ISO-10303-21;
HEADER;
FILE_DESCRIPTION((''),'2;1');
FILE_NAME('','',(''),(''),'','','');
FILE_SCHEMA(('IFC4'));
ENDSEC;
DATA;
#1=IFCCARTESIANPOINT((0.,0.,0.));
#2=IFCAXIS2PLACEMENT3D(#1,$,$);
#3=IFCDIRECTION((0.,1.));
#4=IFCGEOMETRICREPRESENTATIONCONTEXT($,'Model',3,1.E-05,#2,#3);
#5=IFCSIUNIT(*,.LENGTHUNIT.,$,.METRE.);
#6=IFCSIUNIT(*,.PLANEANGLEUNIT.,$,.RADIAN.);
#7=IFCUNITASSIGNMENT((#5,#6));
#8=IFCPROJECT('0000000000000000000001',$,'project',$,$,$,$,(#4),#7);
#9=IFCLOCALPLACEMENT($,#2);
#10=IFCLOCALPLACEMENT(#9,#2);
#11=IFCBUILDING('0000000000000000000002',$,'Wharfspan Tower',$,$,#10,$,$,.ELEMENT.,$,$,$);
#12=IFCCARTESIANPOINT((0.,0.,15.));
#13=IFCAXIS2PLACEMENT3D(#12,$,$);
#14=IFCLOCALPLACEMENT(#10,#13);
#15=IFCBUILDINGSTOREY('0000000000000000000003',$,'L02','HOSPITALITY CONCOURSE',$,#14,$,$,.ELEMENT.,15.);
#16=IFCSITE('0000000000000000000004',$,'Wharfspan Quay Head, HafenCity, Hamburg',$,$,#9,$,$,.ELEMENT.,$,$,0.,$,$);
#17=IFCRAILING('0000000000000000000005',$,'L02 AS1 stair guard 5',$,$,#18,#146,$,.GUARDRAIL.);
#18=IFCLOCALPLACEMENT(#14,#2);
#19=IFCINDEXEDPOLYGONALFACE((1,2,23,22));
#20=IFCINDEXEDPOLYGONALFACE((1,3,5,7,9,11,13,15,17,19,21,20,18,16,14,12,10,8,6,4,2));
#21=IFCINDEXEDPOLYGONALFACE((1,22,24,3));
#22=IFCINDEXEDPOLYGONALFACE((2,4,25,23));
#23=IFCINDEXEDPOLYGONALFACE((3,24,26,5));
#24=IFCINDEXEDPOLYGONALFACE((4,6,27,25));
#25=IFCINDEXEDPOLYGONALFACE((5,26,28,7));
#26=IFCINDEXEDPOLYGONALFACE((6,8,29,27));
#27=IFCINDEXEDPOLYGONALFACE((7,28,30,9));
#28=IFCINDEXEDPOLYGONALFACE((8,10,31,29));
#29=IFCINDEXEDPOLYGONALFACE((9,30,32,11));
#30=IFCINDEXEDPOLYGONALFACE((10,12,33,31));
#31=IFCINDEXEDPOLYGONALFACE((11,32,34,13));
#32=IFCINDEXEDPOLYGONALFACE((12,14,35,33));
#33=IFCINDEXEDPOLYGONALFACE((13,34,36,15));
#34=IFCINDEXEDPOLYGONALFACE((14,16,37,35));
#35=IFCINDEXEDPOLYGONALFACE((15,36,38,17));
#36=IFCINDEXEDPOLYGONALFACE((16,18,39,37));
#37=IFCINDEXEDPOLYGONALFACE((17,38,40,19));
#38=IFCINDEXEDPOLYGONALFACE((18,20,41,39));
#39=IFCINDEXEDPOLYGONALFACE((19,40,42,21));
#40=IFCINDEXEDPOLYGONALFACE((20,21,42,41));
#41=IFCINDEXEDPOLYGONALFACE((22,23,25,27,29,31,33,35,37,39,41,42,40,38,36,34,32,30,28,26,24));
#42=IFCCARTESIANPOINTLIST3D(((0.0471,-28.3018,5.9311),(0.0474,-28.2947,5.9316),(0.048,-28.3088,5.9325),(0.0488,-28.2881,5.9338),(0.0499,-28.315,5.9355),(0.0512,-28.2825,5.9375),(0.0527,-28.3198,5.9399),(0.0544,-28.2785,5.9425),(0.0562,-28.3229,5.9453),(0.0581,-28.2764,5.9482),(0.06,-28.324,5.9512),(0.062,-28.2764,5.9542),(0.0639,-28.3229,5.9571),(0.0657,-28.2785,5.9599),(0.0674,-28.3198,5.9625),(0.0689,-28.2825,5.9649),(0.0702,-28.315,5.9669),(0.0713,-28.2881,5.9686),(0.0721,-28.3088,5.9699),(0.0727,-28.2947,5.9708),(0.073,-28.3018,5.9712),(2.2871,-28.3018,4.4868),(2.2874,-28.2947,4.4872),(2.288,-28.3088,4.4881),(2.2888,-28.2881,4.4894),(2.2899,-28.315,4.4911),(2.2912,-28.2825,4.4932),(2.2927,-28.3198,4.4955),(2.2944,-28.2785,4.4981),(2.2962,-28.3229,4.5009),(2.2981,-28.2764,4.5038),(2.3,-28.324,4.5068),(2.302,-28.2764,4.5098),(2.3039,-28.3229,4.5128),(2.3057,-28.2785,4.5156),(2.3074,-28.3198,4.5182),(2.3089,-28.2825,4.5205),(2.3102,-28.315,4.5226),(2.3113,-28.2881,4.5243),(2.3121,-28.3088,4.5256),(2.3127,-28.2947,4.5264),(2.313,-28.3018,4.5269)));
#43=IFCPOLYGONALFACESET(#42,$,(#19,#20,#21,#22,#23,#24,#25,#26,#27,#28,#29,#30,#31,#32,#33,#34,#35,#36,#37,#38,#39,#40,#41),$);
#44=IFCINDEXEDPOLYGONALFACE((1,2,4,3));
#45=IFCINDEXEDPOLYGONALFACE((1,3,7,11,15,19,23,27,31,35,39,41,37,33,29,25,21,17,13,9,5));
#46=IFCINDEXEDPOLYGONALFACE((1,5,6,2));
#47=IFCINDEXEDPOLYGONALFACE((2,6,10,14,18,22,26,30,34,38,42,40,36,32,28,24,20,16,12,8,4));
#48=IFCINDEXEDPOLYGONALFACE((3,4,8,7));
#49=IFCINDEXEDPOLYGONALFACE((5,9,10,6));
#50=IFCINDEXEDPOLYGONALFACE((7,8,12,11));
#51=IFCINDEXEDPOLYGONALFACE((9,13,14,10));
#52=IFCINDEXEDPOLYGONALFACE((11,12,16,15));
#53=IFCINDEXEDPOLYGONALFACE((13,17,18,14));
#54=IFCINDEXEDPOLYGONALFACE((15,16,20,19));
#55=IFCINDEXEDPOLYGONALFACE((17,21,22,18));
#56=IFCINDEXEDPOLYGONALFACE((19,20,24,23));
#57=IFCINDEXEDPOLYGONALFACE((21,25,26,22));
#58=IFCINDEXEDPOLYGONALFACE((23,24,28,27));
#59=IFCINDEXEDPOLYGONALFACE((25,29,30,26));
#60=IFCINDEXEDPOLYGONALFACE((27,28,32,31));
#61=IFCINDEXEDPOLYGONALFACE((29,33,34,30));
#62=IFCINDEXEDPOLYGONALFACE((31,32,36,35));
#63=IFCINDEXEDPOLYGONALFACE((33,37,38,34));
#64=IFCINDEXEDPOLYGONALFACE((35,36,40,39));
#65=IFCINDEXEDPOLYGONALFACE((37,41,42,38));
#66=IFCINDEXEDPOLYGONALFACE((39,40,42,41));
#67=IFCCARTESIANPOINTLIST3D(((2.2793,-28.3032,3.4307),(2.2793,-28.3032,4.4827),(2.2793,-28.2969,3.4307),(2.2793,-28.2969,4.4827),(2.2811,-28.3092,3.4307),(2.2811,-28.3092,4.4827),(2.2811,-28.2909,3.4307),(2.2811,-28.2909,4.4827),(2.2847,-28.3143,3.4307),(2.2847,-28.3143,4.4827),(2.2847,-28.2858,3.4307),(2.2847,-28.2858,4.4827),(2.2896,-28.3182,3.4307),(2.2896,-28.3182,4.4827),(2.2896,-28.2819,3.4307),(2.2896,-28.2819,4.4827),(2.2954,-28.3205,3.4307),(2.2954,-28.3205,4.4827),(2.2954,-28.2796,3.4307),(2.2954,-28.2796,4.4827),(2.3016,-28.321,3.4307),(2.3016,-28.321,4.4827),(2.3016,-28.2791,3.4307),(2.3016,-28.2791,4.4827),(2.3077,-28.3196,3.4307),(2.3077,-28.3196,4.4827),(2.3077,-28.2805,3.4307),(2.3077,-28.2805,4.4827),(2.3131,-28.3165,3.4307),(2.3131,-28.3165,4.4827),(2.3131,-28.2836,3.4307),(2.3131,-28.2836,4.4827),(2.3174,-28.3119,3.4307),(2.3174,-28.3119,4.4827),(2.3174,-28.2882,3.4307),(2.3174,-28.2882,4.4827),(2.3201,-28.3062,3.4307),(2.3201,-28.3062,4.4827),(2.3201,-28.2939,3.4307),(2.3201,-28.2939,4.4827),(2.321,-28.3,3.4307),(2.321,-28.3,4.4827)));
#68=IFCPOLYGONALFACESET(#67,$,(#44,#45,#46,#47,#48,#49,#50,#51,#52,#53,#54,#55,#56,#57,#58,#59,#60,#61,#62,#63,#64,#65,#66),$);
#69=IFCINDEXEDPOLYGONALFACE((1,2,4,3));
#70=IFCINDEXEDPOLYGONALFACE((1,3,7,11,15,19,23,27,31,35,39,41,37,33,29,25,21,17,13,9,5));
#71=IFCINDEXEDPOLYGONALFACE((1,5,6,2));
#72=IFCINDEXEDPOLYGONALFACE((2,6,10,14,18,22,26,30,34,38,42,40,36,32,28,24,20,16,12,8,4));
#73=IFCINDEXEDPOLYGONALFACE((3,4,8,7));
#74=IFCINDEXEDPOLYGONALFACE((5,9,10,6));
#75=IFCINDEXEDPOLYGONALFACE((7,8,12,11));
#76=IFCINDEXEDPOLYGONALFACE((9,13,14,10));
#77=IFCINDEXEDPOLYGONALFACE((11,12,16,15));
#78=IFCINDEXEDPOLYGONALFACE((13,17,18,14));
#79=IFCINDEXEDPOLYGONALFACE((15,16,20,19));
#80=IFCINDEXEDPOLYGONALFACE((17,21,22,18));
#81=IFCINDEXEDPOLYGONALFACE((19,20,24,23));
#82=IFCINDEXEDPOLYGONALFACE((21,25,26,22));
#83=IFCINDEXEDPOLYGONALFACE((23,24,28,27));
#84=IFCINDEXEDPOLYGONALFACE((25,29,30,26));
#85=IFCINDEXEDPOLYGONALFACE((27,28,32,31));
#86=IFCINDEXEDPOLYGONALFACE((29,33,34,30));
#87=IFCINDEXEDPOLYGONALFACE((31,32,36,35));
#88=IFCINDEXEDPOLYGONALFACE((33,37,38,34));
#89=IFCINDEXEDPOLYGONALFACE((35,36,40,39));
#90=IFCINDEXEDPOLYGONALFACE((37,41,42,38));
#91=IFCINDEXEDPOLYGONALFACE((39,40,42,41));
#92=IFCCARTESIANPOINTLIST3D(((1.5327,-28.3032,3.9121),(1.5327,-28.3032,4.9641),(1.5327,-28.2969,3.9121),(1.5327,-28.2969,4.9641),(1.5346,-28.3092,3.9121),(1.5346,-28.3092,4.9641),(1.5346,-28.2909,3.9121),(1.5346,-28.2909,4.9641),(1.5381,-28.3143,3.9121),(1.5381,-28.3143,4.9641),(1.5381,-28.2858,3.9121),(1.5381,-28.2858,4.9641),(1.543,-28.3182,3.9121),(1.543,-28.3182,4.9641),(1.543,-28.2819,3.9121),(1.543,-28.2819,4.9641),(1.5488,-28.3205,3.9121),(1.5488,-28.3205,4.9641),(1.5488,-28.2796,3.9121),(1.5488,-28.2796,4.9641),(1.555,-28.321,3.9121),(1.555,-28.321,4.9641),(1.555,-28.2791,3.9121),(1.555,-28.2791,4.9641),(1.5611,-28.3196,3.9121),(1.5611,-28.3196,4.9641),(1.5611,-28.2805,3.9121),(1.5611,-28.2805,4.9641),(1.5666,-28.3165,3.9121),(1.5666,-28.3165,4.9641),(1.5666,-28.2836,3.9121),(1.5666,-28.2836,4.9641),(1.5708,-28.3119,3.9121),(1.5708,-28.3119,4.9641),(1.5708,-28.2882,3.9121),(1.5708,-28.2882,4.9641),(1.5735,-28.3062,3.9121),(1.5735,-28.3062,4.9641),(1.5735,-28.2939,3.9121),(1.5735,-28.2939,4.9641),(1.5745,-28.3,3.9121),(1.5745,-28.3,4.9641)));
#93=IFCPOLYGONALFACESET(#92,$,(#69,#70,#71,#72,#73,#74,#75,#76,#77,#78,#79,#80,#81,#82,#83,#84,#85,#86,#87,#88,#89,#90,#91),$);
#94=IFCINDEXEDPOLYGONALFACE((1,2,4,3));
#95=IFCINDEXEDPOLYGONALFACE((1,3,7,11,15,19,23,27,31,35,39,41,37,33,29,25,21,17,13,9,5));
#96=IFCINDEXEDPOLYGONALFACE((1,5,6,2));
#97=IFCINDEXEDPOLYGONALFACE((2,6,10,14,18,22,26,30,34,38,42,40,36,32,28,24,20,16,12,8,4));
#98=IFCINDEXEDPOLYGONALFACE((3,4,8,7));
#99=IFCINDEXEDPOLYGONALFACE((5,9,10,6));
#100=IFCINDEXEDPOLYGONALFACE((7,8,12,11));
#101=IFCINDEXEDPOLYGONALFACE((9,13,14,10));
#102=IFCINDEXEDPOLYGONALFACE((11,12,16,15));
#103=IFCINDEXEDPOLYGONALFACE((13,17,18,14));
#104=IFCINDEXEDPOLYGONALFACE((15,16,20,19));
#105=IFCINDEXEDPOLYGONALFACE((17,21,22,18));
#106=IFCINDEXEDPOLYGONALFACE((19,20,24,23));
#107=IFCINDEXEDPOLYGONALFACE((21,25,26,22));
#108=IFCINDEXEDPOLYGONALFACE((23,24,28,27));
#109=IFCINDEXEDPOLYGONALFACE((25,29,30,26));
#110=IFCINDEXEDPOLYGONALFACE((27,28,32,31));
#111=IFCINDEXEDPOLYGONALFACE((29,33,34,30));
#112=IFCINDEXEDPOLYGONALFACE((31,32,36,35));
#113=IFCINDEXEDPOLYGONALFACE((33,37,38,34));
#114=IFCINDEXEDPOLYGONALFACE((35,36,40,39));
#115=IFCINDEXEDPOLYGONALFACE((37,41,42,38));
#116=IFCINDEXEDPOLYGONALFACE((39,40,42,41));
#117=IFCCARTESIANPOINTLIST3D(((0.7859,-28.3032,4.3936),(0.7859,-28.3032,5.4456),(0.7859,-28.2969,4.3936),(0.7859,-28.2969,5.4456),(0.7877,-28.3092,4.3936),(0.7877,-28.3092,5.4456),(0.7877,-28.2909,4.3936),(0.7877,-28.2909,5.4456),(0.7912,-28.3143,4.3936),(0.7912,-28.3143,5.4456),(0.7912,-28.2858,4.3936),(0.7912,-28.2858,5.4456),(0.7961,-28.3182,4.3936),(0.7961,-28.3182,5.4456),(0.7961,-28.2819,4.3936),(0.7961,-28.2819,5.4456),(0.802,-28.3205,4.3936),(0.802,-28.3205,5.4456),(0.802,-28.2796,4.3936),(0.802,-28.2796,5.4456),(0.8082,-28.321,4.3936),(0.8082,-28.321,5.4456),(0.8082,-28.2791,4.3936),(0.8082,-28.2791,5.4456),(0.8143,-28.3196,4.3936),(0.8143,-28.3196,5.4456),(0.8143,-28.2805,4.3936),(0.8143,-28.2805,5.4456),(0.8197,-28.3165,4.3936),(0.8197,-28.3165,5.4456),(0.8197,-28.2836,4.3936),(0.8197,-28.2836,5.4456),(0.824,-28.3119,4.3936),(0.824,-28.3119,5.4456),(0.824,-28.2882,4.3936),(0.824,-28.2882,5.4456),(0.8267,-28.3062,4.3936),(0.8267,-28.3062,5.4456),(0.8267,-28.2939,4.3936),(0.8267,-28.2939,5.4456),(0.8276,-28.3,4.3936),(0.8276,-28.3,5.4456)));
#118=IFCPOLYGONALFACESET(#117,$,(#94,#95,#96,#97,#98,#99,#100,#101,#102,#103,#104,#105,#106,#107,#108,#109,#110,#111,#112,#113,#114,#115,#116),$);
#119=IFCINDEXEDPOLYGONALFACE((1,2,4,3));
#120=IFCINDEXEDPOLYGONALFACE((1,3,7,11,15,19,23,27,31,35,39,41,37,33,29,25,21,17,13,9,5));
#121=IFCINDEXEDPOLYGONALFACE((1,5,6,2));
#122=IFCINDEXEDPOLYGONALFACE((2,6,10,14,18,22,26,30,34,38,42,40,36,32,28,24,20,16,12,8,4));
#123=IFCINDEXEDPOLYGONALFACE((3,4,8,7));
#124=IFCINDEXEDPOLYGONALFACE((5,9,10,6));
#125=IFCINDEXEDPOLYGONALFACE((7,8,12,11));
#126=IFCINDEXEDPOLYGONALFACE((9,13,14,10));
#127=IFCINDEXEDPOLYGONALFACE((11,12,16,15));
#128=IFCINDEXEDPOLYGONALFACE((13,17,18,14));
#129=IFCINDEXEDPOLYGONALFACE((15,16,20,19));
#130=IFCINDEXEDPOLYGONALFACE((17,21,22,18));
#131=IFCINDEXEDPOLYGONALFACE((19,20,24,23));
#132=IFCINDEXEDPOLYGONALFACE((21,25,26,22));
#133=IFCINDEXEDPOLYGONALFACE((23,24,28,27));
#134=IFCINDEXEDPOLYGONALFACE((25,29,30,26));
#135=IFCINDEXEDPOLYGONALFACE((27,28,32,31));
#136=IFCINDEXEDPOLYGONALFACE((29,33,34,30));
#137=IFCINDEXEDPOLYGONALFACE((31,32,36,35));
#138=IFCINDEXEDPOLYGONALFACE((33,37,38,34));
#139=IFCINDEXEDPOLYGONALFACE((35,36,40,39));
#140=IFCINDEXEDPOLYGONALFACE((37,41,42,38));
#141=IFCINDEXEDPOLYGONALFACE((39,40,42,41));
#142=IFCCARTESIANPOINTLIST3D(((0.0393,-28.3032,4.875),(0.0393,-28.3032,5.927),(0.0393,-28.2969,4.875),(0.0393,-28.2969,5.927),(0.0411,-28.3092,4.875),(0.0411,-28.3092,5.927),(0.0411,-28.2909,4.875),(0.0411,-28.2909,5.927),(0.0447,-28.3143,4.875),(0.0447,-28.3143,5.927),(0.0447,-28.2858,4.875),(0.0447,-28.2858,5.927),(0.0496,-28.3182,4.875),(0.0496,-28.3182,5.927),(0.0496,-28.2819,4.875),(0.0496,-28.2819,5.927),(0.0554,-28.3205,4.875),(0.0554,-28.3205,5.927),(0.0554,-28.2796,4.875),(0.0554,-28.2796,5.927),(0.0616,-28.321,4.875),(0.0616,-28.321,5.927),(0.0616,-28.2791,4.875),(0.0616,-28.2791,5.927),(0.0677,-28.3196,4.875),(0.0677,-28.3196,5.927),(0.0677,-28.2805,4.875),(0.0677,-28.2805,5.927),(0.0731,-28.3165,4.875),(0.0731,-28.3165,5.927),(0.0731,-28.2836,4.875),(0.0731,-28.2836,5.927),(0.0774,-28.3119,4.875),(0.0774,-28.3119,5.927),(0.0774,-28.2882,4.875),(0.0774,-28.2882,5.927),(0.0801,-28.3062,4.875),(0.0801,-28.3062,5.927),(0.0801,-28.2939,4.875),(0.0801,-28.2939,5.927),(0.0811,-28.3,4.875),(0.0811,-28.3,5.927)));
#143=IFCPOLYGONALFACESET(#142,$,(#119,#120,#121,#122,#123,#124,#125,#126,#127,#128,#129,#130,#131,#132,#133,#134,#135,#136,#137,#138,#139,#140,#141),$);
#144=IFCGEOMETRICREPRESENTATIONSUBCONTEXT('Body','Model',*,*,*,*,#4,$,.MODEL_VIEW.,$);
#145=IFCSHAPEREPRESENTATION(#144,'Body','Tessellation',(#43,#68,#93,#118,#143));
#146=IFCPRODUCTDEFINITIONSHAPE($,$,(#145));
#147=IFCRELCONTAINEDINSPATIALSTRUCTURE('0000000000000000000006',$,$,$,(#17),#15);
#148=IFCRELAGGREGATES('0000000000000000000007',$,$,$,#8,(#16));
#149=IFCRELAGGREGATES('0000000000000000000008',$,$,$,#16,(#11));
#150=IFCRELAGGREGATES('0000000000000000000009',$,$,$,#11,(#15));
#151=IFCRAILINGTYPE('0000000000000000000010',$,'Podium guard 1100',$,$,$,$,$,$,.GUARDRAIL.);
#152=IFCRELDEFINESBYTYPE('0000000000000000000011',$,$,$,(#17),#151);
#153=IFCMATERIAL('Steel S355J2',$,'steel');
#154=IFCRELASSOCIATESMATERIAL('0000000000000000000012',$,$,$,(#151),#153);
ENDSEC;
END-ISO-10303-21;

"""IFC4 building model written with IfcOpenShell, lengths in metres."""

from ifc_helpers import new_model, si_unit, direction, frame, origin, origin_2d, place, context, subcontext, project, spatial, circle, extrude, material, type_object, element, save


model = new_model("IFC4")

# Units and contexts
model_context = context("Model", 3, precision=1e-05, world=origin(), true_north=direction((0.0, 1.0)))
body_context = subcontext(model_context, "Body", "Model", "MODEL_VIEW")
ifc_project = project(units=[si_unit("LENGTHUNIT", "METRE"), si_unit("PLANEANGLEUNIT", "RADIAN")], contexts=[model_context])

# Site, building, storey
site_placement = place(None, origin())
site = spatial("IfcSite", under=ifc_project, at=site_placement, Name="Wharfspan Quay Head, HafenCity, Hamburg", CompositionType="ELEMENT", RefElevation=0.0)
building_placement = place(site_placement, origin())
building = spatial("IfcBuilding", under=site, at=building_placement, Name="Wharfspan Tower", CompositionType="ELEMENT")
storey_placement = place(building_placement, frame((0.0, 0.0, 15.0)))
storey = spatial("IfcBuildingStorey", under=building, at=storey_placement, Name="L02", Description="HOSPITALITY CONCOURSE", CompositionType="ELEMENT", Elevation=15.0)

# Railing
ifc_material_1 = material(Name="Steel S355J2", Category="steel")
railing_type_1 = type_object("IfcRailingType", Name="Podium guard 1100", PredefinedType="GUARDRAIL", material=ifc_material_1)
railing_1_placement = place(storey_placement, frame((2.3, -28.3, 3.4307)))
element("IfcRailing", 1, at=railing_1_placement, inside=storey, type_object=railing_type_1, Name="L02 AS1 stair guard 5", PredefinedType="GUARDRAIL", context=body_context, shape_type="SweptSolid", body=[
    extrude(circle(Radius=0.0239, at=origin_2d()), frame((0.0, 0.0, 1.0762), z_axis=(-0.840437, 0.0, 0.54191), x_axis=(0.0, -1.0, 0.0)), (0.0, 0.0, 1.0), 2.6653),
    extrude(circle(Radius=0.021, at=origin_2d()), origin(), (0.0, 0.0, 1.0), 1.052),
    extrude(circle(Radius=0.021, at=origin_2d()), frame((-0.7466, 0.0, 0.4814)), (0.0, 0.0, 1.0), 1.052),
    extrude(circle(Radius=0.021, at=origin_2d()), frame((-1.4934, 0.0, 0.9629)), (0.0, 0.0, 1.0), 1.052),
    extrude(circle(Radius=0.021, at=origin_2d()), frame((-2.24, 0.0, 1.4443)), (0.0, 0.0, 1.0), 1.052),
])

save(model, "model.ifc")
